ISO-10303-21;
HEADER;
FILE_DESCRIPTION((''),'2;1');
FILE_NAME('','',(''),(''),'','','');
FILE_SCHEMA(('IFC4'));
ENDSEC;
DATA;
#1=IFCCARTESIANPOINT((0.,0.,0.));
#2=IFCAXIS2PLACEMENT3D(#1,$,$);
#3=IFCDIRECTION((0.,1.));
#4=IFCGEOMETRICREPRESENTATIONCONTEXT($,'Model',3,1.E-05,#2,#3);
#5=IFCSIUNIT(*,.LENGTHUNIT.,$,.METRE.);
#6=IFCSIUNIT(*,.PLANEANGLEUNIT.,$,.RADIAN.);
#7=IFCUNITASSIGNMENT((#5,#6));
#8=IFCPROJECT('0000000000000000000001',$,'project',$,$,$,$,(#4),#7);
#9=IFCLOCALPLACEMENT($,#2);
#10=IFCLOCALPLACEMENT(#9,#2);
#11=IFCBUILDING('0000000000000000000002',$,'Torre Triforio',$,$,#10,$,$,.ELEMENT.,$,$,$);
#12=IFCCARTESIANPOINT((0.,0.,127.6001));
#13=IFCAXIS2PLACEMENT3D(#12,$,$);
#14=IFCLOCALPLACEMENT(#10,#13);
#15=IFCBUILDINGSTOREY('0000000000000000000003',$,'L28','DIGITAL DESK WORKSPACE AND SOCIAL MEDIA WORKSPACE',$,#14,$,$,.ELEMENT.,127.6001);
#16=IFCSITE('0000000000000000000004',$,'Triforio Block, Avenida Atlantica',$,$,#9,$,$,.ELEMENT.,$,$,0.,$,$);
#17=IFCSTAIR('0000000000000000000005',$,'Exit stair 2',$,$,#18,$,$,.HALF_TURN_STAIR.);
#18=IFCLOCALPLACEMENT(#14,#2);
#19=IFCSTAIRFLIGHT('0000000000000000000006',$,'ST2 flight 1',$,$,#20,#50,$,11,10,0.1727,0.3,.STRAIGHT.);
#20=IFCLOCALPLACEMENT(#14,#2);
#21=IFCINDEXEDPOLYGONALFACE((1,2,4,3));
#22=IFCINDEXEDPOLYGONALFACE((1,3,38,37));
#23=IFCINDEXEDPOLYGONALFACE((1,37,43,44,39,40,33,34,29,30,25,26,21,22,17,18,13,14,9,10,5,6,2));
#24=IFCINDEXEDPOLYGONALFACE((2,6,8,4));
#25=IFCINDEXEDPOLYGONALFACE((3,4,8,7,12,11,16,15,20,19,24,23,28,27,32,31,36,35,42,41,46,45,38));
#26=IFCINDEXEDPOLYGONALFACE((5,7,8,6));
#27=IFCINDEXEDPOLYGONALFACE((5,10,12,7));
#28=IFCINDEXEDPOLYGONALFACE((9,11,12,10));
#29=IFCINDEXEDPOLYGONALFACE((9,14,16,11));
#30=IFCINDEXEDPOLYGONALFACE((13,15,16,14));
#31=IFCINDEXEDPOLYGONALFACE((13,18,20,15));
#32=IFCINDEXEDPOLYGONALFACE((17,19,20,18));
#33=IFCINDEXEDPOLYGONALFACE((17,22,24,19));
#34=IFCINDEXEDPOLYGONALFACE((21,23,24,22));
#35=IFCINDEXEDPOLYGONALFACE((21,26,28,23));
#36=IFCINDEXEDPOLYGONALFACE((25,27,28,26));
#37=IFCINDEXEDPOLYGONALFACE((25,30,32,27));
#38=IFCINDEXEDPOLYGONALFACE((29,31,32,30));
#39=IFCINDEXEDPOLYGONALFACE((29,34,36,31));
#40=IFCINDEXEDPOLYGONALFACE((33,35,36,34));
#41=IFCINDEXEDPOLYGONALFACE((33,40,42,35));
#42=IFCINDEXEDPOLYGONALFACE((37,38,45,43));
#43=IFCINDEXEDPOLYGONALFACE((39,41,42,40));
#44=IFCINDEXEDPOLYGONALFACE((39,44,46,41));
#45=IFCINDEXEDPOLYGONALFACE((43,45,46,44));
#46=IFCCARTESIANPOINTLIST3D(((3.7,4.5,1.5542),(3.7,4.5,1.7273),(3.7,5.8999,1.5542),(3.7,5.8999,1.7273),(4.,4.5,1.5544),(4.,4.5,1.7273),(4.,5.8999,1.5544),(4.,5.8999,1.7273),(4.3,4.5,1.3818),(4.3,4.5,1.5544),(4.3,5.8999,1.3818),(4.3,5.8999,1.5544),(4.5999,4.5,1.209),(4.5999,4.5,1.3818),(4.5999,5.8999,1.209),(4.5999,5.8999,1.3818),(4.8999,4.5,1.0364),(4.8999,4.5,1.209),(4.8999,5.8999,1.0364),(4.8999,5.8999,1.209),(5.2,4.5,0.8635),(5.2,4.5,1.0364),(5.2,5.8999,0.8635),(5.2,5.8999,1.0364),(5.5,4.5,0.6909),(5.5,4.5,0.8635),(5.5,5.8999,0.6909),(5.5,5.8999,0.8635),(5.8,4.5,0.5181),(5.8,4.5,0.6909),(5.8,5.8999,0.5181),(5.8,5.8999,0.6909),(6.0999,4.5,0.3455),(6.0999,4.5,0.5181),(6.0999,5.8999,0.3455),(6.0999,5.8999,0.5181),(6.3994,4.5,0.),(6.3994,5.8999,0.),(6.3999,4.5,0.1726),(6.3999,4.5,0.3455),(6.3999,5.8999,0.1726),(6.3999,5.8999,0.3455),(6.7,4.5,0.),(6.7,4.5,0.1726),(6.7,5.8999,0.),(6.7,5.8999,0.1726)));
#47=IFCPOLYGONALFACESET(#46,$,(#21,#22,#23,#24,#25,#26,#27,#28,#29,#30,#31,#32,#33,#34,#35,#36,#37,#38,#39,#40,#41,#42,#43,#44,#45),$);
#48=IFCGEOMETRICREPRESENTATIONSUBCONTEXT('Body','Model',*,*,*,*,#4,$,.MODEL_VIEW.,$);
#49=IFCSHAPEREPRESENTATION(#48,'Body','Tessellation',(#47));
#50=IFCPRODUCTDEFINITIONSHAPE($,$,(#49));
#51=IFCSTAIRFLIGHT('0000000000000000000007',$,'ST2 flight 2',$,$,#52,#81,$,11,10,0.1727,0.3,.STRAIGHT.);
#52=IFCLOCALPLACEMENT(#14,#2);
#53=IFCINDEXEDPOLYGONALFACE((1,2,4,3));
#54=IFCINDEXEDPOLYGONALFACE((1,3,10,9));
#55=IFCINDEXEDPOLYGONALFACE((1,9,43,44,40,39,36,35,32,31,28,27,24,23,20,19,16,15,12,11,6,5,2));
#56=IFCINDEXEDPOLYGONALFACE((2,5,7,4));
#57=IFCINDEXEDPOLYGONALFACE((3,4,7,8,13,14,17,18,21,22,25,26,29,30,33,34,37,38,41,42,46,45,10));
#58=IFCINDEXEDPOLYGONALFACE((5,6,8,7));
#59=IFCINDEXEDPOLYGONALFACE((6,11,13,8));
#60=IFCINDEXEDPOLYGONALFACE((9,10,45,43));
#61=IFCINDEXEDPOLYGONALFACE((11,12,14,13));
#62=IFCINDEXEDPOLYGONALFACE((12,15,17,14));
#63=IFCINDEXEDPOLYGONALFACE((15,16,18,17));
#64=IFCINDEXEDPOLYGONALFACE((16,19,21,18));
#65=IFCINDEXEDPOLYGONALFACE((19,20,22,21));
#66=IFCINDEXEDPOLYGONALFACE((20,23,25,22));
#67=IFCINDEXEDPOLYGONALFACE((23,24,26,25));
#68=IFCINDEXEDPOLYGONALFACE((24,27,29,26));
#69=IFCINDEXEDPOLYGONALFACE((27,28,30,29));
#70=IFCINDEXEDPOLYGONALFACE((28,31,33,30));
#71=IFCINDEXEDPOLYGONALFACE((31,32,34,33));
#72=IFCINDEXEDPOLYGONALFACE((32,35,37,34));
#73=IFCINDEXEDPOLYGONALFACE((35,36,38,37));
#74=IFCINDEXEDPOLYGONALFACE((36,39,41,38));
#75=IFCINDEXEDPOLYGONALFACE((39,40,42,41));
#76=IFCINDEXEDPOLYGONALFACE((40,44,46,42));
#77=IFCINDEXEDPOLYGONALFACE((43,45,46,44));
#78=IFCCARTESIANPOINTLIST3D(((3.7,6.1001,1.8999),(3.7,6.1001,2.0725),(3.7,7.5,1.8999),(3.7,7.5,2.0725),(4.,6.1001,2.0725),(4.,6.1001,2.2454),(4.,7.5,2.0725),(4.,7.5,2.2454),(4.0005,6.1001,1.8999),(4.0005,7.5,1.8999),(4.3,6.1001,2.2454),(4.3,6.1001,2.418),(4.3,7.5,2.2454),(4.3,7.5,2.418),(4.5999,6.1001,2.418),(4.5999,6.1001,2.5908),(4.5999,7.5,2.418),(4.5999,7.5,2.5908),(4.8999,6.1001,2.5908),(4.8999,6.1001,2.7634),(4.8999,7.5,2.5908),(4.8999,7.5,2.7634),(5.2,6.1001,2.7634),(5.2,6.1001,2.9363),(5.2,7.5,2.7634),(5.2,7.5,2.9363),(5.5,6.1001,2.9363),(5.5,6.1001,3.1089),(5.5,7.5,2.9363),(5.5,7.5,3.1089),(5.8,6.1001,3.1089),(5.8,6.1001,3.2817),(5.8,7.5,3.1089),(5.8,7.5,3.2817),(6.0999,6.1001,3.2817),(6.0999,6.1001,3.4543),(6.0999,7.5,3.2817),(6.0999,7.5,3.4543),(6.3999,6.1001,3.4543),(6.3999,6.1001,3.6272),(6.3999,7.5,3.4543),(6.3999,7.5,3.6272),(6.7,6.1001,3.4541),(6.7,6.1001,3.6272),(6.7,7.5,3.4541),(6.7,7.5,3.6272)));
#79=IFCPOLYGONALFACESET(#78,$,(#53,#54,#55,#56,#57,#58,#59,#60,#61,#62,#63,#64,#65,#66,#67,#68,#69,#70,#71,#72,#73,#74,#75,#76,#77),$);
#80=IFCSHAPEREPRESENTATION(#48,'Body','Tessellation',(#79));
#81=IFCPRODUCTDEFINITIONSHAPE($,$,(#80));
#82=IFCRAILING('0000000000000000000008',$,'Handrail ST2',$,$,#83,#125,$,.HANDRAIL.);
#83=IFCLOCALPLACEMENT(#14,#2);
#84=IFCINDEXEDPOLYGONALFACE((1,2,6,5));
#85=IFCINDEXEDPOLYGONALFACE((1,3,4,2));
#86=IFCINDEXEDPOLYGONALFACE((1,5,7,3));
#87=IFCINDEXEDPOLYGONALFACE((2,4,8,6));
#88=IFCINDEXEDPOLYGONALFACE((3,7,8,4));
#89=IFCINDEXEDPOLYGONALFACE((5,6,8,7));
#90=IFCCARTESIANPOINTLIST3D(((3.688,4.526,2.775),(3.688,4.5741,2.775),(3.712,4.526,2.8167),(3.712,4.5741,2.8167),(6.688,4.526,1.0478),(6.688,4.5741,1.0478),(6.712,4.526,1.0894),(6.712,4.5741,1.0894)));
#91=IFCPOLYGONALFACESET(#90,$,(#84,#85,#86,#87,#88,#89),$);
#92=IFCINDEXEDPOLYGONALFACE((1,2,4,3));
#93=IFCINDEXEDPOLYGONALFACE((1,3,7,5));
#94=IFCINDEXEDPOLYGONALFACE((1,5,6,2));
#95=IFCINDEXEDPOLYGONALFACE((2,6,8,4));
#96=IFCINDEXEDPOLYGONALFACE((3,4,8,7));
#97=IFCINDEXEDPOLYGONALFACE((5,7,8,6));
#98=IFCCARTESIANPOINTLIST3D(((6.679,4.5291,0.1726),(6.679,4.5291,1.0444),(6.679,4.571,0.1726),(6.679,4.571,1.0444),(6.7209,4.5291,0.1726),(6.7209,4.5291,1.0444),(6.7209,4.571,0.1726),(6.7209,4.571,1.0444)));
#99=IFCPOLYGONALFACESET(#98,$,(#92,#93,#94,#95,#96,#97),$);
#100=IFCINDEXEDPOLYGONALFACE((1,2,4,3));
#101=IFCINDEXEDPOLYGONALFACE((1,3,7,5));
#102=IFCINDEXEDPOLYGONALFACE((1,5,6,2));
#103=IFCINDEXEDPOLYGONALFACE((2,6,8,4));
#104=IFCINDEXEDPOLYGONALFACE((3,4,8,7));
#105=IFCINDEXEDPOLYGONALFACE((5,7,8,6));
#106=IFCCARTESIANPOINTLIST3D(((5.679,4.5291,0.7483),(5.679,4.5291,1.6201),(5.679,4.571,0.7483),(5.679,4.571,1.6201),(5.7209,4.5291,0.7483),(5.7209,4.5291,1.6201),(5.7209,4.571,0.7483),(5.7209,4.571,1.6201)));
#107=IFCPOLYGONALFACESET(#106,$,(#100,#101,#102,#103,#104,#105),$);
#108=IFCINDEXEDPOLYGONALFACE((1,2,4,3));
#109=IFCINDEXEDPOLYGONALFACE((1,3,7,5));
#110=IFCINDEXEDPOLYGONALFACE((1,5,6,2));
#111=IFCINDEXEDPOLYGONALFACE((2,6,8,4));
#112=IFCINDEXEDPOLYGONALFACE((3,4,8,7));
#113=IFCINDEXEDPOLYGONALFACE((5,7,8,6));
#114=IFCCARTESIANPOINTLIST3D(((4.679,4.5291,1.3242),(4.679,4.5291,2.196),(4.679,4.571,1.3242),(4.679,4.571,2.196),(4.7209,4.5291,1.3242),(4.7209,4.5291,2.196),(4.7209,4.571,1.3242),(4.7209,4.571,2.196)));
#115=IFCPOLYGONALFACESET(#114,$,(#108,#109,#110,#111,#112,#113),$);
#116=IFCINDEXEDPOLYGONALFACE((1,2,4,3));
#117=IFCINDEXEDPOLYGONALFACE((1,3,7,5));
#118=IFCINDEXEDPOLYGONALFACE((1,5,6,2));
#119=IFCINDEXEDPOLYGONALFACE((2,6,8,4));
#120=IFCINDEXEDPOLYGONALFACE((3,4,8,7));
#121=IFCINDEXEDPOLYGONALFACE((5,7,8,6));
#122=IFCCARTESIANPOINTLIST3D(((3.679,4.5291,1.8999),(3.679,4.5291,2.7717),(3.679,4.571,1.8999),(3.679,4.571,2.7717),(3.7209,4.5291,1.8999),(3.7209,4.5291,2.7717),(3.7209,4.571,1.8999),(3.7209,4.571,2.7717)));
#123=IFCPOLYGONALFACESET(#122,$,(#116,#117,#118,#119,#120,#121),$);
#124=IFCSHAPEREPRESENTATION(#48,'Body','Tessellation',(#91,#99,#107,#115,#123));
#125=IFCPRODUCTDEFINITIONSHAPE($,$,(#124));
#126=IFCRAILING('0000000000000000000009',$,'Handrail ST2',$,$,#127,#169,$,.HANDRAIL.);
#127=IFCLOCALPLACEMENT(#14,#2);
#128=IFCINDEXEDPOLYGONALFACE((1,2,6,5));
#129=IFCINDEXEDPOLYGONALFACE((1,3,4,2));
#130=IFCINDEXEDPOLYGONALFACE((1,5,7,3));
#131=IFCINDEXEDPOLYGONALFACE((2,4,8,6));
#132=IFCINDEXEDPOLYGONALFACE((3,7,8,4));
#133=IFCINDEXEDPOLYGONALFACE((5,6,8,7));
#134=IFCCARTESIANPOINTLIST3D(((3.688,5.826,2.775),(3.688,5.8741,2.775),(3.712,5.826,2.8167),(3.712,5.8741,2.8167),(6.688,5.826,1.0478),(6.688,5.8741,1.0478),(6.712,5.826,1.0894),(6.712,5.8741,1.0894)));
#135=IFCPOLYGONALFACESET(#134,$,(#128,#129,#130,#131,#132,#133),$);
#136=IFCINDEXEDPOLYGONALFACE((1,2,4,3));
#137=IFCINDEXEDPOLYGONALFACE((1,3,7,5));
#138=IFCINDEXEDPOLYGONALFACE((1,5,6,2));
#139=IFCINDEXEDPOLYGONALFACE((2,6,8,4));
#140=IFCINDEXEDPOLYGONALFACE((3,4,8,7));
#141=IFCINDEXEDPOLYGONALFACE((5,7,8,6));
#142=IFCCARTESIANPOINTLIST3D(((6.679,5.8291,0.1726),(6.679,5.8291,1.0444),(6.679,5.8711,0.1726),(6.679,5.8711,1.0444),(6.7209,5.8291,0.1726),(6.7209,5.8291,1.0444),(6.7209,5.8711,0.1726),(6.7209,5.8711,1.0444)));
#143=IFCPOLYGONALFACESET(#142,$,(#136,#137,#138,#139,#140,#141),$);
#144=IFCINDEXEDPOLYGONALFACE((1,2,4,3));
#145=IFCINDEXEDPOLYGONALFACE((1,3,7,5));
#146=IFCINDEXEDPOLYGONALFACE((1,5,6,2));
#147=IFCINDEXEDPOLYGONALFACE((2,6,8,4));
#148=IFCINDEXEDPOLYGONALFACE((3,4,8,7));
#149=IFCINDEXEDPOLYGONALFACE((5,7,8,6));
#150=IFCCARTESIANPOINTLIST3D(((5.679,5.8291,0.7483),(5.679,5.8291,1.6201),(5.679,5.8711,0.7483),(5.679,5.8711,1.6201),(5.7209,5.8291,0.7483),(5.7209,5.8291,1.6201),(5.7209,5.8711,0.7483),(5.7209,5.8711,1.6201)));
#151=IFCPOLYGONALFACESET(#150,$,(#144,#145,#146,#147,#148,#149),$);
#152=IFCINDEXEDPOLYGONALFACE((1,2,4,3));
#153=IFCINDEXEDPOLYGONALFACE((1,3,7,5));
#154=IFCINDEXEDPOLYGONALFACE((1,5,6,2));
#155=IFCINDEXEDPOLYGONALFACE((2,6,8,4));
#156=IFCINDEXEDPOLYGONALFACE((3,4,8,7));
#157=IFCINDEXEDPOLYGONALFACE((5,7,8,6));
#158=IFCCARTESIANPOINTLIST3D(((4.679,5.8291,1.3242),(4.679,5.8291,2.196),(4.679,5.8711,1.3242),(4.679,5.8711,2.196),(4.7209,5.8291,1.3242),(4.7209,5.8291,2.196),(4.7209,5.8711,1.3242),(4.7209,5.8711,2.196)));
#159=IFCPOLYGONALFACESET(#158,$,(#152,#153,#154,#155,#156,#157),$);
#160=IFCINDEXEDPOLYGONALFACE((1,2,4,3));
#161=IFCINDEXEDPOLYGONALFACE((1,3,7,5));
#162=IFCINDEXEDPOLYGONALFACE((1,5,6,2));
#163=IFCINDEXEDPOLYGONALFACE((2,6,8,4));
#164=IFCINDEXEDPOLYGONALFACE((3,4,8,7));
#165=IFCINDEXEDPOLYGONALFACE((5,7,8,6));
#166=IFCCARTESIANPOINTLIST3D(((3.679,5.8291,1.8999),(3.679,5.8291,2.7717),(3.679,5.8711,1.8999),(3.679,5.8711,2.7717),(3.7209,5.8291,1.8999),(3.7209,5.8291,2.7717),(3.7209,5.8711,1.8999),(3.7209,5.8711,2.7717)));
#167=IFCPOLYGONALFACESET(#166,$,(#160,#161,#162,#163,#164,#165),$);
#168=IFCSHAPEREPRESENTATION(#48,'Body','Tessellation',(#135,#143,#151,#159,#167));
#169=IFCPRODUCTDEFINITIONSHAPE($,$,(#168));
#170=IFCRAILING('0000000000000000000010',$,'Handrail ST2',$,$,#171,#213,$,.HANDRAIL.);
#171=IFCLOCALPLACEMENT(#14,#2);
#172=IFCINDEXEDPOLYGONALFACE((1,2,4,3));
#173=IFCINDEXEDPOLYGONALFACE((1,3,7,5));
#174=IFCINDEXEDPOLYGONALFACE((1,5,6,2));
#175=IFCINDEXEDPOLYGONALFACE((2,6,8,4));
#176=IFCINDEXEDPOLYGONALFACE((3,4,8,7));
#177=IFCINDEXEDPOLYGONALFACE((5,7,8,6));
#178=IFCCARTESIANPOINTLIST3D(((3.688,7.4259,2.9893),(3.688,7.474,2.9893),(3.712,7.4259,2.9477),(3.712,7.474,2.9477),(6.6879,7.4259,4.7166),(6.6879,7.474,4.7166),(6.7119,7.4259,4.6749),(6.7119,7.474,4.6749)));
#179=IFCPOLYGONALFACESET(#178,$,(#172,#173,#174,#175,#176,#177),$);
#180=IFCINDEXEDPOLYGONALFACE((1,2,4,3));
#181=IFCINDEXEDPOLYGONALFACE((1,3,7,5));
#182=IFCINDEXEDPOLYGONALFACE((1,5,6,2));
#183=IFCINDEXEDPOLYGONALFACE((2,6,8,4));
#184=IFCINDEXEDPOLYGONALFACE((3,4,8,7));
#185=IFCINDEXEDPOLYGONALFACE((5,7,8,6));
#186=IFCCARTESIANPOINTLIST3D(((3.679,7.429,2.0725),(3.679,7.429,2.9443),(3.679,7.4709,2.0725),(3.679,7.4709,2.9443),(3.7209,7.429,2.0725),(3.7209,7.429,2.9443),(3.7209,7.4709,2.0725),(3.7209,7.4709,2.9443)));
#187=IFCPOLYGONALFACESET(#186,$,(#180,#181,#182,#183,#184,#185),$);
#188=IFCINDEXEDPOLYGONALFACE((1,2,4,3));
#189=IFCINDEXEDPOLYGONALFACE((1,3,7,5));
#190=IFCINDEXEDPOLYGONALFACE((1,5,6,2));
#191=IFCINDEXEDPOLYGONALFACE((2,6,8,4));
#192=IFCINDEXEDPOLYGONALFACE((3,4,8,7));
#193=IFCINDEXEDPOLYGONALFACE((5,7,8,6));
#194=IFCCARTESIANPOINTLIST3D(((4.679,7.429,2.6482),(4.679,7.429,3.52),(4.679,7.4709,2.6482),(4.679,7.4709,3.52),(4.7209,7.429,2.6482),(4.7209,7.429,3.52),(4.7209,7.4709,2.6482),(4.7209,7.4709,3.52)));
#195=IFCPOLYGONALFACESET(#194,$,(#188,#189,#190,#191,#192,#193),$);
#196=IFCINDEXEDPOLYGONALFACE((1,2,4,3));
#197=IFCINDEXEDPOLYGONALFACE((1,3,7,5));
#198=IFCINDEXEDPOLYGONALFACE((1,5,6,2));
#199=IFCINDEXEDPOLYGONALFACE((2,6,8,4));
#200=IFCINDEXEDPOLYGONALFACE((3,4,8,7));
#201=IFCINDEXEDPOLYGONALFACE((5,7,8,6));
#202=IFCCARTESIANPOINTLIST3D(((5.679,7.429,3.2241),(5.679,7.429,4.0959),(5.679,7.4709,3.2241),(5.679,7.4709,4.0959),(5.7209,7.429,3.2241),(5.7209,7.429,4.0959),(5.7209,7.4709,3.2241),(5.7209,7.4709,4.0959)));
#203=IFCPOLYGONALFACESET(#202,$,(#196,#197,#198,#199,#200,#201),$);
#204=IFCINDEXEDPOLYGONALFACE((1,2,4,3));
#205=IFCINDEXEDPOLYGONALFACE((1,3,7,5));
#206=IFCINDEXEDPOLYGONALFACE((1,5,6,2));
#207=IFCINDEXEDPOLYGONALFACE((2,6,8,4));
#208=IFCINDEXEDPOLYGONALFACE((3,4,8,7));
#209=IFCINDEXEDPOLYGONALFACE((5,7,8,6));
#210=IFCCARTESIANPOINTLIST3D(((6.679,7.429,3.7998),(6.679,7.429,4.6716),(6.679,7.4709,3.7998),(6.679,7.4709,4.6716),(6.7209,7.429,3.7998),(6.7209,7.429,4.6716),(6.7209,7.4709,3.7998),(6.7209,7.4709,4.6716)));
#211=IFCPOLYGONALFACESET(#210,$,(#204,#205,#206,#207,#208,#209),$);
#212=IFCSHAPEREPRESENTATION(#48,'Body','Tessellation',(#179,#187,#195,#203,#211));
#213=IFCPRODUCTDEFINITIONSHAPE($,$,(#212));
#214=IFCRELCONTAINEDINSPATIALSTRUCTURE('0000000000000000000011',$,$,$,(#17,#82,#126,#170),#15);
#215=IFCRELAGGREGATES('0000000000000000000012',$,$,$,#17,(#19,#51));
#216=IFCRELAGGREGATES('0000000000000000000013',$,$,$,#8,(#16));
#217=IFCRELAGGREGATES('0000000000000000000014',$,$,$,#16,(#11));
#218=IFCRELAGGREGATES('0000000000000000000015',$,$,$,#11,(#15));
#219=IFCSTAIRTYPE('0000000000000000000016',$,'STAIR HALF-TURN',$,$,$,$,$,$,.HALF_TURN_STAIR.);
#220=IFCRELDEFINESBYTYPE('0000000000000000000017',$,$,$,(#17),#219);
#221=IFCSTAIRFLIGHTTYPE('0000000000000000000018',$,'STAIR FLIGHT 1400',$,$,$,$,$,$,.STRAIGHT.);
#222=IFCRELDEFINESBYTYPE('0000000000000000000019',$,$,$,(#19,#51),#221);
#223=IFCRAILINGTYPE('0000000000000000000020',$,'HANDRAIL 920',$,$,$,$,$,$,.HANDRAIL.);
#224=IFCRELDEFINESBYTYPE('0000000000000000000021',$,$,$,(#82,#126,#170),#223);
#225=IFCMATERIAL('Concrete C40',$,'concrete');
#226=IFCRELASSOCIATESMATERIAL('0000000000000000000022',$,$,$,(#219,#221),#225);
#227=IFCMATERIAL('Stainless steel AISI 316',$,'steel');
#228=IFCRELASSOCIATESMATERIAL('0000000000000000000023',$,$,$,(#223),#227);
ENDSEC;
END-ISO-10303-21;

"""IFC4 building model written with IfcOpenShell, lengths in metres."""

from ifc_helpers import new_model, si_unit, direction, frame, origin, origin_2d, place, context, subcontext, project, spatial, polyline, rectangle, outline, extrude, material, type_object, element, aggregate, save


model = new_model("IFC4")

# Units and contexts
model_context = context("Model", 3, precision=1e-05, world=origin(), true_north=direction((0.0, 1.0)))
body_context = subcontext(model_context, "Body", "Model", "MODEL_VIEW")
ifc_project = project(units=[si_unit("LENGTHUNIT", "METRE"), si_unit("PLANEANGLEUNIT", "RADIAN")], contexts=[model_context])

# Site, building, storey
site_placement = place(None, origin())
site = spatial("IfcSite", under=ifc_project, at=site_placement, Name="Triforio Block, Avenida Atlantica", CompositionType="ELEMENT", RefElevation=0.0)
building_placement = place(site_placement, origin())
building = spatial("IfcBuilding", under=site, at=building_placement, Name="Torre Triforio", CompositionType="ELEMENT")
storey_placement = place(building_placement, frame((0.0, 0.0, 127.6001)))
storey = spatial("IfcBuildingStorey", under=building, at=storey_placement, Name="L28", Description="DIGITAL DESK WORKSPACE AND SOCIAL MEDIA WORKSPACE", CompositionType="ELEMENT", Elevation=127.6001)

# Stair, stair flights
ifc_material_1 = material(Name="Concrete C40", Category="concrete")
stair_type = type_object("IfcStairType", Name="STAIR HALF-TURN", PredefinedType="HALF_TURN_STAIR", material=ifc_material_1)
stair_placement = place(storey_placement, origin())
stair = element("IfcStair", 1, at=stair_placement, inside=storey, type_object=stair_type, Name="Exit stair 2", PredefinedType="HALF_TURN_STAIR")
stair_flight_type = type_object("IfcStairFlightType", Name="STAIR FLIGHT 1400", PredefinedType="STRAIGHT", material=ifc_material_1)
stair_flight_1_placement = place(storey_placement, frame((6.7, 5.2, 0.0), z_axis=(0.0, 0.0, 1.0), x_axis=(-1.0, 0.0, 0.0)))
stair_flight_1 = element("IfcStairFlight", 2, at=stair_flight_1_placement, type_object=stair_flight_type, Name="ST2 flight 1", NumberOfRisers=11, NumberOfTreads=10, PredefinedType="STRAIGHT", RiserHeight=0.1727, TreadLength=0.3, context=body_context, shape_type="SweptSolid", body=[
    extrude(outline(polyline([(0.0, 0.0), (0.0, 0.1726), (0.3, 0.1726), (0.3, 0.3455), (0.6001, 0.3455), (0.6001, 0.5181), (0.8999, 0.5181), (0.8999, 0.6909), (1.2, 0.6909), (1.2, 0.8635), (1.5, 0.8635), (1.5, 1.0364), (1.8, 1.0364), (1.8, 1.209), (2.1001, 1.209), (2.1001, 1.3818), (2.3999, 1.3818), (2.3999, 1.5544), (2.7, 1.5544), (2.7, 1.7273), (3.0, 1.7273), (3.0, 1.8999), (3.0, 1.5542), (0.3005, 0.0), (0.0, 0.0)])), frame((0.0, 0.7, 0.0), z_axis=(0.0, -1.0, 0.0), x_axis=(1.0, 0.0, 0.0)), (0.0, 0.0, 1.0), 1.3999),
])
stair_flight_2_placement = place(storey_placement, frame((3.7, 6.8, 1.8999), z_axis=(0.0, 0.0, 1.0), x_axis=(1.0, 0.0, 0.0)))
stair_flight_2 = element("IfcStairFlight", 3, at=stair_flight_2_placement, type_object=stair_flight_type, Name="ST2 flight 2", NumberOfRisers=11, NumberOfTreads=10, PredefinedType="STRAIGHT", RiserHeight=0.1727, TreadLength=0.3, context=body_context, shape_type="SweptSolid", body=[
    extrude(outline(polyline([(0.0, 0.0), (0.0, 0.1726), (0.3, 0.1726), (0.3, 0.3455), (0.6001, 0.3455), (0.6001, 0.5181), (0.8999, 0.5181), (0.8999, 0.6909), (1.2, 0.6909), (1.2, 0.8635), (1.5, 0.8635), (1.5, 1.0364), (1.8, 1.0364), (1.8, 1.209), (2.1001, 1.209), (2.1001, 1.3818), (2.3999, 1.3818), (2.3999, 1.5544), (2.7, 1.5544), (2.7, 1.7273), (3.0, 1.7273), (3.0, 1.8999), (3.0, 1.5542), (0.3005, 0.0), (0.0, 0.0)])), frame((0.0, 0.7, 0.0), z_axis=(0.0, -1.0, 0.0), x_axis=(1.0, 0.0, 0.0)), (0.0, 0.0, 1.0), 1.3999),
])
aggregate(stair, [stair_flight_1, stair_flight_2])

# Railings
ifc_material_2 = material(Name="Stainless steel AISI 316", Category="steel")
railing_type = type_object("IfcRailingType", Name="HANDRAIL 920", PredefinedType="HANDRAIL", material=ifc_material_2)
for number, where, name in (
    (4, (6.7, 4.55, 0.1726), "Handrail ST2"),
    (5, (6.7, 5.8501, 0.1726), "Handrail ST2"),
):
    element("IfcRailing", number, at=place(storey_placement, frame(where)), inside=storey, type_object=railing_type, Name=name, PredefinedType="HANDRAIL", context=body_context, shape_type="SweptSolid", body=[
        extrude(rectangle(XDim=0.0481, YDim=0.0481, at=origin_2d()), frame((0.0, 0.0, 0.896), z_axis=(-0.86662, 0.0, 0.498969), x_axis=(0.0, -1.0, 0.0)), (0.0, 0.0, 1.0), 3.4617),
        extrude(rectangle(XDim=0.042, YDim=0.042, at=origin_2d()), origin(), (0.0, 0.0, 1.0), 0.8718),
        extrude(rectangle(XDim=0.042, YDim=0.042, at=origin_2d()), frame((-1.0, 0.0, 0.5757)), (0.0, 0.0, 1.0), 0.8718),
        extrude(rectangle(XDim=0.042, YDim=0.042, at=origin_2d()), frame((-2.0, 0.0, 1.1516)), (0.0, 0.0, 1.0), 0.8718),
        extrude(rectangle(XDim=0.042, YDim=0.042, at=origin_2d()), frame((-3.0, 0.0, 1.7273)), (0.0, 0.0, 1.0), 0.8718),
    ])
for number, where, name in (
    (6, (3.7, 7.45, 2.0725), "Handrail ST2"),
):
    element("IfcRailing", number, at=place(storey_placement, frame(where)), inside=storey, type_object=railing_type, Name=name, PredefinedType="HANDRAIL", context=body_context, shape_type="SweptSolid", body=[
        extrude(rectangle(XDim=0.0481, YDim=0.0481, at=origin_2d()), frame((0.0, 0.0, 0.896), z_axis=(0.86662, 0.0, 0.498969), x_axis=(0.0, 1.0, 0.0)), (0.0, 0.0, 1.0), 3.4617),
        extrude(rectangle(XDim=0.042, YDim=0.042, at=origin_2d()), origin(), (0.0, 0.0, 1.0), 0.8718),
        extrude(rectangle(XDim=0.042, YDim=0.042, at=origin_2d()), frame((1.0, 0.0, 0.5757)), (0.0, 0.0, 1.0), 0.8718),
        extrude(rectangle(XDim=0.042, YDim=0.042, at=origin_2d()), frame((2.0, 0.0, 1.1516)), (0.0, 0.0, 1.0), 0.8718),
        extrude(rectangle(XDim=0.042, YDim=0.042, at=origin_2d()), frame((3.0, 0.0, 1.7273)), (0.0, 0.0, 1.0), 0.8718),
    ])

save(model, "model.ifc")
